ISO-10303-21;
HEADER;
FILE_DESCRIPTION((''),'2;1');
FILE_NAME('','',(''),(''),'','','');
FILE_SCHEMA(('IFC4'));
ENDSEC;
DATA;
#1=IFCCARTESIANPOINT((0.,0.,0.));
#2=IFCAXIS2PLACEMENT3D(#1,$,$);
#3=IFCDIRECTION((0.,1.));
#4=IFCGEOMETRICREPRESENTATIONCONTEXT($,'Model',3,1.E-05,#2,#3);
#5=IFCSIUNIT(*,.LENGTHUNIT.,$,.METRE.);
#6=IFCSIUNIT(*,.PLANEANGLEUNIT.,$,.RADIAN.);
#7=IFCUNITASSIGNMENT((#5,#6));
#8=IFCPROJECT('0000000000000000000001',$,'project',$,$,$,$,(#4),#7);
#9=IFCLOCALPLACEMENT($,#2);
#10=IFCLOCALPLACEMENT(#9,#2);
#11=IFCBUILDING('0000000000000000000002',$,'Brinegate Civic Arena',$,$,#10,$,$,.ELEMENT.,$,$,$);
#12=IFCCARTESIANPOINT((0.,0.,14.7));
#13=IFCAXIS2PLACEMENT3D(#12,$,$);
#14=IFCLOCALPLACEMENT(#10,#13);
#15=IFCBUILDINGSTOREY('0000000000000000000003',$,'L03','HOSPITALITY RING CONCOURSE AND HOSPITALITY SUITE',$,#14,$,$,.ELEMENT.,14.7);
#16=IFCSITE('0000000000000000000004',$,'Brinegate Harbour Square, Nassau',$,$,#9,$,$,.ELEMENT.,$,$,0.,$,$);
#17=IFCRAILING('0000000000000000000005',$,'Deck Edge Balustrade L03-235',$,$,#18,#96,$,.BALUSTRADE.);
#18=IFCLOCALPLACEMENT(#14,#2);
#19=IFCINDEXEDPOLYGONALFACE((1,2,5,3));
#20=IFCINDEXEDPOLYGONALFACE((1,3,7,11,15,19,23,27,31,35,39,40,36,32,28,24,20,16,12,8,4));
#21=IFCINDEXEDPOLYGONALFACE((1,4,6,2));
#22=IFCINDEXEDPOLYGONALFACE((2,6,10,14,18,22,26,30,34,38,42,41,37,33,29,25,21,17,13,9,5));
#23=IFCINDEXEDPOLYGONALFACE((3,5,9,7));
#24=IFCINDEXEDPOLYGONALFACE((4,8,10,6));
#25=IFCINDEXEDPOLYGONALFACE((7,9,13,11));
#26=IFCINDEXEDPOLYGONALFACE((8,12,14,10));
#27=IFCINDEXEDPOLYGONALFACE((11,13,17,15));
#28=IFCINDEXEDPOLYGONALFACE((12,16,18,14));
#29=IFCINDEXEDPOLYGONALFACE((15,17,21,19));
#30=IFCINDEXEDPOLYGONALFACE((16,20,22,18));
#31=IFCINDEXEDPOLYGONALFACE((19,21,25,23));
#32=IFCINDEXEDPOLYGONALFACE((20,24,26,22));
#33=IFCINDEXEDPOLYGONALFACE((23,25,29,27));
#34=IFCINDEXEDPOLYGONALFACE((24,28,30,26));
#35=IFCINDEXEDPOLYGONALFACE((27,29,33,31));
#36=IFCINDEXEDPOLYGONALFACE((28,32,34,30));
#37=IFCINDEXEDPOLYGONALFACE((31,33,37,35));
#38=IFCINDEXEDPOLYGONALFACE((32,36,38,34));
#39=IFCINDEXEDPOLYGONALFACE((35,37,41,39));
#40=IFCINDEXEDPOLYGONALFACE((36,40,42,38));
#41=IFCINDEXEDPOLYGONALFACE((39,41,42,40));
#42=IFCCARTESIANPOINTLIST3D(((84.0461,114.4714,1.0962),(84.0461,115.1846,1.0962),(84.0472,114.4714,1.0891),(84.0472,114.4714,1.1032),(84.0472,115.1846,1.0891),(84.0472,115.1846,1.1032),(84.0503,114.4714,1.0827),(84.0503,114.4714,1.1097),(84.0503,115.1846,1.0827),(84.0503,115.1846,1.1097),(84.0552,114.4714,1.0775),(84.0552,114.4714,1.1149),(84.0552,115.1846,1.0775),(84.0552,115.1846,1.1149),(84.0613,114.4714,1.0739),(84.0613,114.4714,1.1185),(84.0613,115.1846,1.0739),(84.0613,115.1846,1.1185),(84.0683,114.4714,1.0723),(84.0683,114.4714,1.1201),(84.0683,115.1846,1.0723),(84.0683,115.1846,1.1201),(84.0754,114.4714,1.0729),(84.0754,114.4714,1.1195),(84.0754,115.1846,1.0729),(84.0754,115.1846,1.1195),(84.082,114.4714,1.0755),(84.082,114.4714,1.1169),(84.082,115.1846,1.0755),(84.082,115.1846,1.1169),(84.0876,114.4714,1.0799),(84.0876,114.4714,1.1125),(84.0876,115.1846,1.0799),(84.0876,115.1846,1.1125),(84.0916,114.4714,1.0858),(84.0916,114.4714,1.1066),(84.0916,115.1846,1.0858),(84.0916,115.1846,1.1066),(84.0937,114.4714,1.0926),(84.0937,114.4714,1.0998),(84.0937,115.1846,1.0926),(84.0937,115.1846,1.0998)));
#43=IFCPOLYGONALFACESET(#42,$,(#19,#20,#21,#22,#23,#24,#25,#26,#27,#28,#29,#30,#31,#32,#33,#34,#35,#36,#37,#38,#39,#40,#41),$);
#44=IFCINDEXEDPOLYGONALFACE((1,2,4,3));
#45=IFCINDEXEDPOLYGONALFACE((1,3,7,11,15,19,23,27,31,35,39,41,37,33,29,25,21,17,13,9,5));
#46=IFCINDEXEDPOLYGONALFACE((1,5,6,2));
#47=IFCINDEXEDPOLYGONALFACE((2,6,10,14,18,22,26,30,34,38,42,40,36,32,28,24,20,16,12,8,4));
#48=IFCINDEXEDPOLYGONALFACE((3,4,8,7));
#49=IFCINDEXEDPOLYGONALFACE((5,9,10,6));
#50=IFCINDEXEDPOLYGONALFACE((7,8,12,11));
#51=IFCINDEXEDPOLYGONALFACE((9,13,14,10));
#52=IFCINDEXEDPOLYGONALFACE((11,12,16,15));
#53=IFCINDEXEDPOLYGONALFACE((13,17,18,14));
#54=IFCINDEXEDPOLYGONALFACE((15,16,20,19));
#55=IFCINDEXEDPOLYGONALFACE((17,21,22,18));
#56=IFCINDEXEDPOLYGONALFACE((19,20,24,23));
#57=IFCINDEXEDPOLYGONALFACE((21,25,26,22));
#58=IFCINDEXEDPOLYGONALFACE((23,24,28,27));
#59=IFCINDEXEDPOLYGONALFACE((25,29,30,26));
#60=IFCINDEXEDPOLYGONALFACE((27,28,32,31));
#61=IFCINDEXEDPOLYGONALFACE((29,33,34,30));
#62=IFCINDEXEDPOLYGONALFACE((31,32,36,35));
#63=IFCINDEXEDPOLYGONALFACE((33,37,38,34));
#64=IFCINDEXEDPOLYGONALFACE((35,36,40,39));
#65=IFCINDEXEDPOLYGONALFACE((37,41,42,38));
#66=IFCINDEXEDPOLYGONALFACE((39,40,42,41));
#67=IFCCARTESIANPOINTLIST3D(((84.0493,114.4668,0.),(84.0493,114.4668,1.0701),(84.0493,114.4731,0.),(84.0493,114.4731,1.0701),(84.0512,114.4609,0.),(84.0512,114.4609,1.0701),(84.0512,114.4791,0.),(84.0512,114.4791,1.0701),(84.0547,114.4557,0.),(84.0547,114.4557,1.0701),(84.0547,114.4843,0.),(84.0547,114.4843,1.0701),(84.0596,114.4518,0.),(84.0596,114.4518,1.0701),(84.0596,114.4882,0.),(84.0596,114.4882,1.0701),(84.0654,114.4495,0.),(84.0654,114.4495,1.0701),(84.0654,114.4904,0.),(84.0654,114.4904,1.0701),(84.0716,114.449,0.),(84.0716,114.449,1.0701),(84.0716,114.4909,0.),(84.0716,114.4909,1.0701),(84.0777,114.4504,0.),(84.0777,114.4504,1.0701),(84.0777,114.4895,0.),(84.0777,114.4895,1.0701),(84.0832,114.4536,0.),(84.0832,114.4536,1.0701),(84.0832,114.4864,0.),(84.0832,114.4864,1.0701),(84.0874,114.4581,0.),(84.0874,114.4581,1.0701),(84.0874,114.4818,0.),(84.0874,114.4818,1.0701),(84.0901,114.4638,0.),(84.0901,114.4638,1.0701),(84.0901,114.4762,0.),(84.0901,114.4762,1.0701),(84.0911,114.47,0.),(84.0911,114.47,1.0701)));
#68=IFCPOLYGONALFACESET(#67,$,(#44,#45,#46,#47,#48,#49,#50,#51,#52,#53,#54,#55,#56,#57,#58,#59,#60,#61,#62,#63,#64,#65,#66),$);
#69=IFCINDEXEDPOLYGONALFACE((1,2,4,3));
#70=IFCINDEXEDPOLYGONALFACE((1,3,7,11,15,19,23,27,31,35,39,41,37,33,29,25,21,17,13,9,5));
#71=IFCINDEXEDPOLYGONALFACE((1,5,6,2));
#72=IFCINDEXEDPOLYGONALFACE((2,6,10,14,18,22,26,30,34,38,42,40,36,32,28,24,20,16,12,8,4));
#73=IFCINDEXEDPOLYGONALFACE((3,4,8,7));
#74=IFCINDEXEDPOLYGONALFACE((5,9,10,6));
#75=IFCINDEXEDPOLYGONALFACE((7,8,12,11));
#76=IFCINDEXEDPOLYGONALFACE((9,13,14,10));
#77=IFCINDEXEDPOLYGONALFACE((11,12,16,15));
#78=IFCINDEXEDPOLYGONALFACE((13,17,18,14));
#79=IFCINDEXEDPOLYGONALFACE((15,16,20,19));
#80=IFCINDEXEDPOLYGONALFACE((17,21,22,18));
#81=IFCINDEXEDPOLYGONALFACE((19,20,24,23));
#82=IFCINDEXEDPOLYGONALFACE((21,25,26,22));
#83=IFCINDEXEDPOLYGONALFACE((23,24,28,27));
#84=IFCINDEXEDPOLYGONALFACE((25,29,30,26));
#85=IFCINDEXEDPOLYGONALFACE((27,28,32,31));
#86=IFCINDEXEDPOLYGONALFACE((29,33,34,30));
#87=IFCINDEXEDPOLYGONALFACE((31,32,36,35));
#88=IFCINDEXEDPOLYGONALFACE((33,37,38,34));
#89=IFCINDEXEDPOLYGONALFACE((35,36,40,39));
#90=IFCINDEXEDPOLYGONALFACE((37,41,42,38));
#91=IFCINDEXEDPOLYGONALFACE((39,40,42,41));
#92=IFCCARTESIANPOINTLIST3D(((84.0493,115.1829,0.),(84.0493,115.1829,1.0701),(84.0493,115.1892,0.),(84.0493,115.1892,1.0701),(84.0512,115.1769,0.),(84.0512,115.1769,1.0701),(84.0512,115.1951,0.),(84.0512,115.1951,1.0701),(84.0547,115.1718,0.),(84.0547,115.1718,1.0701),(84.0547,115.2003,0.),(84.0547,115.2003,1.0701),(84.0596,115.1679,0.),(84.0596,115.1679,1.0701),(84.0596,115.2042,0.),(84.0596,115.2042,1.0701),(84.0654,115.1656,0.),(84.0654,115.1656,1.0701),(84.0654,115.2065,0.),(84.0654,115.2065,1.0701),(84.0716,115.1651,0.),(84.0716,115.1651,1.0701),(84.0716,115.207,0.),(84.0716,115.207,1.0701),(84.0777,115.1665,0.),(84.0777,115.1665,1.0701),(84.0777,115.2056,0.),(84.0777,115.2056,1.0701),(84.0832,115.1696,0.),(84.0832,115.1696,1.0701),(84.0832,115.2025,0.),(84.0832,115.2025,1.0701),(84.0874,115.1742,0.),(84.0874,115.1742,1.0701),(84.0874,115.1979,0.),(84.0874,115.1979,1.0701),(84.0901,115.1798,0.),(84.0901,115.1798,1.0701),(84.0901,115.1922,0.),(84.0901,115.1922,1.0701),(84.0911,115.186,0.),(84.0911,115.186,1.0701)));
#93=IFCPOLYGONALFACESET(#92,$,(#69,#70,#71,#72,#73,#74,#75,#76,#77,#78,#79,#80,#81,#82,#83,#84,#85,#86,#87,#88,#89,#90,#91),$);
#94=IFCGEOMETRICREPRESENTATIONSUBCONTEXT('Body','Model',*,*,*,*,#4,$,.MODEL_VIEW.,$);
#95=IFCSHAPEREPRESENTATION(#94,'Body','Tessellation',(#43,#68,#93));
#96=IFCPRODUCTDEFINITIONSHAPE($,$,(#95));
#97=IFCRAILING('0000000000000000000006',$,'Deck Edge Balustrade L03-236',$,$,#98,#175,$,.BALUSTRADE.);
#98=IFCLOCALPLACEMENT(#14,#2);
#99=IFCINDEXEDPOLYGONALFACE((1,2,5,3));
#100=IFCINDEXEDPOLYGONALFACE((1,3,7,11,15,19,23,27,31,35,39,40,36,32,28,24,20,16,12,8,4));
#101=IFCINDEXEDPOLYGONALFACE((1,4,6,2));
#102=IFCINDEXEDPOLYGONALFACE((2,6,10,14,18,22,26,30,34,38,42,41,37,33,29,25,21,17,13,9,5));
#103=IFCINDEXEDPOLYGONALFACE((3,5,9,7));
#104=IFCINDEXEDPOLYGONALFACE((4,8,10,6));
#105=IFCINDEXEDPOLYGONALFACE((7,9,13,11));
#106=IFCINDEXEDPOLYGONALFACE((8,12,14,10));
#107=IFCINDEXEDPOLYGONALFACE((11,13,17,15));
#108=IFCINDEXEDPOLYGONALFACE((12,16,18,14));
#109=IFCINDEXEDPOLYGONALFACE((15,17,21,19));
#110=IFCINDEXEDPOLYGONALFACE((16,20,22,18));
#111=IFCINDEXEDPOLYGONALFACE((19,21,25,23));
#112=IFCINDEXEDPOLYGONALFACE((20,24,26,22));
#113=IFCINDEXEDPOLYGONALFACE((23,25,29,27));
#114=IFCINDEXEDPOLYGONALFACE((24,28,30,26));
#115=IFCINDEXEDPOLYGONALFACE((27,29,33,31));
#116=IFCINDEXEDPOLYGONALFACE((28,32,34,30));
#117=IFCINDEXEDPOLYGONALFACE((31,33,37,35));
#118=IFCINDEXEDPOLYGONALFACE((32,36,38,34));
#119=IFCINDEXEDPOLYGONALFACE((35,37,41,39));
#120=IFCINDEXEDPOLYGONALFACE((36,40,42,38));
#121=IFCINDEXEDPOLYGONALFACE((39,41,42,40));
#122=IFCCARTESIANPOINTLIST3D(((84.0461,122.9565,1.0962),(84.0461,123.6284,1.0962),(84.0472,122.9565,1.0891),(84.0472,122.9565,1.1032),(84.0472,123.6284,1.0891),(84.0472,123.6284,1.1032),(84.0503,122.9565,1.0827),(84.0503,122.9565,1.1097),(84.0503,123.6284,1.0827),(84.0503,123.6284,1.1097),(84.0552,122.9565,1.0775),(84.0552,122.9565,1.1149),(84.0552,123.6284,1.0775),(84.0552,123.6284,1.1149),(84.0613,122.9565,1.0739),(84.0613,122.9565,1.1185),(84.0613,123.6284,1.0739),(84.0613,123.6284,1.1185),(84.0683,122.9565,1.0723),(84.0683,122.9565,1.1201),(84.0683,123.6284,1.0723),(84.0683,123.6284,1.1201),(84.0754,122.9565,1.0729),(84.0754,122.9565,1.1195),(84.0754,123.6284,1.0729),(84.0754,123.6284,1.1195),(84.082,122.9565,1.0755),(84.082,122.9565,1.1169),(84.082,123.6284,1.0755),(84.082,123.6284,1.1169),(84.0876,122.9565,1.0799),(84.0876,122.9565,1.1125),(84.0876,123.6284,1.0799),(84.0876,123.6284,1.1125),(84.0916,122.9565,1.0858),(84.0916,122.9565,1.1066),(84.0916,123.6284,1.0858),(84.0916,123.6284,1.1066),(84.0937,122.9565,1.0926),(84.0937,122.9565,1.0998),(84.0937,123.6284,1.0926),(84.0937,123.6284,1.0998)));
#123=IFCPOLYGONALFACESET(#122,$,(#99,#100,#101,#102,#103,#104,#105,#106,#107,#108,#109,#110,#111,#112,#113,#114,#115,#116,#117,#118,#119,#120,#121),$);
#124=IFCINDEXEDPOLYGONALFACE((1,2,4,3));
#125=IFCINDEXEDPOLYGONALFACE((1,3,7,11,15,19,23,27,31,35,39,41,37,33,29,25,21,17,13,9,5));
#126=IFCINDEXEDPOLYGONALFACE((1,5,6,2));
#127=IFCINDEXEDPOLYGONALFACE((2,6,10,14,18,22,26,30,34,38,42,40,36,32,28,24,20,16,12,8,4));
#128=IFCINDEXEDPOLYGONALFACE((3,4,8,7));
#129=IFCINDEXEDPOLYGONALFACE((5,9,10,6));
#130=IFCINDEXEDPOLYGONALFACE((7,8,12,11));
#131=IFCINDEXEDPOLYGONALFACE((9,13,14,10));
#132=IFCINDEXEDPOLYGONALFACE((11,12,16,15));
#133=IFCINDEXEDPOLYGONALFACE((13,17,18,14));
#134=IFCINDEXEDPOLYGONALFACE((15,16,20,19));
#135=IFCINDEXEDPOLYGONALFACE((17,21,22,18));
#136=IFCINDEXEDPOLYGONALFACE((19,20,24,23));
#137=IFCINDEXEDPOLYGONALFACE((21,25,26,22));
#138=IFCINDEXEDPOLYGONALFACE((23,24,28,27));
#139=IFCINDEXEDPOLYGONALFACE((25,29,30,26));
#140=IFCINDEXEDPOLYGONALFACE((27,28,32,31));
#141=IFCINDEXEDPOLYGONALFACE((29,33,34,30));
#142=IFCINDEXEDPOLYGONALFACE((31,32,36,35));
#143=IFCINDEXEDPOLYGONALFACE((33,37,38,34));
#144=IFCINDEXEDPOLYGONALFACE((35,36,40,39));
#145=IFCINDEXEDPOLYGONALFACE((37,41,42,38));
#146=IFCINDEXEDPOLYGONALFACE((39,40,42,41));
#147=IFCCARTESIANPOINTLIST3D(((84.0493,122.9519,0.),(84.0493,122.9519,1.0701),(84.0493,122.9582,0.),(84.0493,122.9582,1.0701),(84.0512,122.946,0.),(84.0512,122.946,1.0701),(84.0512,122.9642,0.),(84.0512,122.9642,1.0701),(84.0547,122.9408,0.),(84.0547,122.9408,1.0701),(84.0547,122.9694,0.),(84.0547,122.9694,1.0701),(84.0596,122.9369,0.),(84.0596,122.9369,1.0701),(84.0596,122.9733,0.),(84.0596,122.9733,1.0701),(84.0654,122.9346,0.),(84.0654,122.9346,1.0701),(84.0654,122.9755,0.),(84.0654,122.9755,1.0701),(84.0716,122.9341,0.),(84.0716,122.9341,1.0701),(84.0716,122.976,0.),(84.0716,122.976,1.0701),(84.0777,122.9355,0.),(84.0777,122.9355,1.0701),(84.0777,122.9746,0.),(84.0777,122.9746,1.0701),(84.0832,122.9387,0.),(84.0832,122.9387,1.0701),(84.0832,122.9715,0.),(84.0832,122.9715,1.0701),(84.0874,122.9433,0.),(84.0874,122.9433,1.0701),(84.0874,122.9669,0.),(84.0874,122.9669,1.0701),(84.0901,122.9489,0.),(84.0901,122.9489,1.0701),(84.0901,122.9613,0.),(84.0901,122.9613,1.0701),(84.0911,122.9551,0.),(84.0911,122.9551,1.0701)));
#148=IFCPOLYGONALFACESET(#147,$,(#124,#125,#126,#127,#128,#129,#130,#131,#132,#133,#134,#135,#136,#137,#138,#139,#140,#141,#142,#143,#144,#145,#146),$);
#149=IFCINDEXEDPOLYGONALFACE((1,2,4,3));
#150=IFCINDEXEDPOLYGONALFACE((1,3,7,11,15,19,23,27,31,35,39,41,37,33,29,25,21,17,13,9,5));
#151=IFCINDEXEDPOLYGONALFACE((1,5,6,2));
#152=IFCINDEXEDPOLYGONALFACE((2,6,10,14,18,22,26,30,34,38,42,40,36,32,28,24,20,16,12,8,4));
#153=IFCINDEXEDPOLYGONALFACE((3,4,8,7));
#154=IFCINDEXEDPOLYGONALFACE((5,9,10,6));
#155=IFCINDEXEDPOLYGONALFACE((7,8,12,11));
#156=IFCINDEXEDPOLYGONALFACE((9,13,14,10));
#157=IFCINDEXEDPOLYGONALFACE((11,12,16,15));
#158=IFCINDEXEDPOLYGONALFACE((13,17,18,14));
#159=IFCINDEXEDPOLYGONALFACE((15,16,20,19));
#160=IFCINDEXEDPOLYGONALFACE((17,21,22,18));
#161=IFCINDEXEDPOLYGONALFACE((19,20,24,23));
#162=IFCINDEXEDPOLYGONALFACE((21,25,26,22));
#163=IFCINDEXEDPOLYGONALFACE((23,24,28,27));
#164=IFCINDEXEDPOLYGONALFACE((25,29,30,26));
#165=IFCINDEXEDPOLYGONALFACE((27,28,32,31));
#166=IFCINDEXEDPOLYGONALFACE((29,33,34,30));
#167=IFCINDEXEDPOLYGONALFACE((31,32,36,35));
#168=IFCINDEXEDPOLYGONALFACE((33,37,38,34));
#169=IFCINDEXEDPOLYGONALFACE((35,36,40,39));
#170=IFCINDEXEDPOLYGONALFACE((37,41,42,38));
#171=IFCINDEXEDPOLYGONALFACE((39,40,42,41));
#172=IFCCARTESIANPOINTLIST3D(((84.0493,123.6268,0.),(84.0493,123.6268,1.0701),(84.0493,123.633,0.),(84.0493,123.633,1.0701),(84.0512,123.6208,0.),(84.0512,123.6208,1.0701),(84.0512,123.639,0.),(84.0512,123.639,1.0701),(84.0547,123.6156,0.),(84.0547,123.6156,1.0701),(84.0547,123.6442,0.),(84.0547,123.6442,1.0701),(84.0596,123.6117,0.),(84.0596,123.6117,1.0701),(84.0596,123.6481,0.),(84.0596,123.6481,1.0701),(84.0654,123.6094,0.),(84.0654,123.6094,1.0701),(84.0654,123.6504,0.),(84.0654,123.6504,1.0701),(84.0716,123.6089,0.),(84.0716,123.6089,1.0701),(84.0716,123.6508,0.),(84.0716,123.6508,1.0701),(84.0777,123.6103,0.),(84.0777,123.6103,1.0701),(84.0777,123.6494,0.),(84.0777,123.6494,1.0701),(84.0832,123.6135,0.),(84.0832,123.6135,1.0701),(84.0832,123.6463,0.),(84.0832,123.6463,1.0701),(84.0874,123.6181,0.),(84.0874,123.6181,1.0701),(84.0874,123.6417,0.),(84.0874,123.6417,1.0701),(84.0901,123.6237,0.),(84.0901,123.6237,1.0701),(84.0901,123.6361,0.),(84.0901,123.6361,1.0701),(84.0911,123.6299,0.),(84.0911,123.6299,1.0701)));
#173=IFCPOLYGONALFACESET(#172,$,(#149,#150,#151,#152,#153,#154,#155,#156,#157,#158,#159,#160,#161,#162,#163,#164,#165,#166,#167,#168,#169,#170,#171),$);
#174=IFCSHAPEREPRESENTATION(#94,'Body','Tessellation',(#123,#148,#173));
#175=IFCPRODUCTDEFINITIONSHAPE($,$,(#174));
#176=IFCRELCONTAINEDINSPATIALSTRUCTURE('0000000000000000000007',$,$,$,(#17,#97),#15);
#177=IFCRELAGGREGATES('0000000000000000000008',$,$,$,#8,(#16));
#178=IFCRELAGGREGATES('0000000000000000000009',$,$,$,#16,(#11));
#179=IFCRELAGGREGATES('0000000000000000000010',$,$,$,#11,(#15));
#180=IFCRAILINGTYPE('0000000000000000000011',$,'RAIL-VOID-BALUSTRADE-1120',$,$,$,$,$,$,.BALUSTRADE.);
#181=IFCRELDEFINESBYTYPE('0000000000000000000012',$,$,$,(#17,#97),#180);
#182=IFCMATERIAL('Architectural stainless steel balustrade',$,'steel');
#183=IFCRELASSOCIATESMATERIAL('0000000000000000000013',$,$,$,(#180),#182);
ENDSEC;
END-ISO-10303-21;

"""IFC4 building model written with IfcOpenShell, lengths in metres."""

from ifc_helpers import new_model, si_unit, direction, frame, origin, origin_2d, place, context, subcontext, project, spatial, circle, extrude, material, type_object, element, save


model = new_model("IFC4")

# Units and contexts
model_context = context("Model", 3, precision=1e-05, world=origin(), true_north=direction((0.0, 1.0)))
body_context = subcontext(model_context, "Body", "Model", "MODEL_VIEW")
ifc_project = project(units=[si_unit("LENGTHUNIT", "METRE"), si_unit("PLANEANGLEUNIT", "RADIAN")], contexts=[model_context])

# Site, building, storey
site_placement = place(None, origin())
site = spatial("IfcSite", under=ifc_project, at=site_placement, Name="Brinegate Harbour Square, Nassau", CompositionType="ELEMENT", RefElevation=0.0)
building_placement = place(site_placement, origin())
building = spatial("IfcBuilding", under=site, at=building_placement, Name="Brinegate Civic Arena", CompositionType="ELEMENT")
storey_placement = place(building_placement, frame((0.0, 0.0, 14.7)))
storey = spatial("IfcBuildingStorey", under=building, at=storey_placement, Name="L03", Description="HOSPITALITY RING CONCOURSE AND HOSPITALITY SUITE", CompositionType="ELEMENT", Elevation=14.7)

# Railings
ifc_material_1 = material(Name="Architectural stainless steel balustrade", Category="steel")
railing_type = type_object("IfcRailingType", Name="RAIL-VOID-BALUSTRADE-1120", PredefinedType="BALUSTRADE", material=ifc_material_1)
railing_1_placement = place(storey_placement, frame((84.0701, 114.47, 0.0)))
element("IfcRailing", 1, at=railing_1_placement, inside=storey, type_object=railing_type, Name="Deck Edge Balustrade L03-235", PredefinedType="BALUSTRADE", context=body_context, shape_type="SweptSolid", body=[
    extrude(circle(Radius=0.0239, at=origin_2d()), frame((0.0, 0.0015, 1.0962), z_axis=(0.0, 1.0, 0.0), x_axis=(-1.0, 0.0, 0.0)), (0.0, 0.0, 1.0), 0.7131),
    extrude(circle(Radius=0.021, at=origin_2d()), origin(), (0.0, 0.0, 1.0), 1.0701),
    extrude(circle(Radius=0.021, at=origin_2d()), frame((0.0, 0.7161, 0.0)), (0.0, 0.0, 1.0), 1.0701),
])
railing_2_placement = place(storey_placement, frame((84.0701, 122.9551, 0.0)))
element("IfcRailing", 2, at=railing_2_placement, inside=storey, type_object=railing_type, Name="Deck Edge Balustrade L03-236", PredefinedType="BALUSTRADE", context=body_context, shape_type="SweptSolid", body=[
    extrude(circle(Radius=0.0239, at=origin_2d()), frame((0.0, 0.0015, 1.0962), z_axis=(0.0, 1.0, 0.0), x_axis=(-1.0, 0.0, 0.0)), (0.0, 0.0, 1.0), 0.6719),
    extrude(circle(Radius=0.021, at=origin_2d()), origin(), (0.0, 0.0, 1.0), 1.0701),
    extrude(circle(Radius=0.021, at=origin_2d()), frame((0.0, 0.6748, 0.0)), (0.0, 0.0, 1.0), 1.0701),
])

save(model, "model.ifc")
